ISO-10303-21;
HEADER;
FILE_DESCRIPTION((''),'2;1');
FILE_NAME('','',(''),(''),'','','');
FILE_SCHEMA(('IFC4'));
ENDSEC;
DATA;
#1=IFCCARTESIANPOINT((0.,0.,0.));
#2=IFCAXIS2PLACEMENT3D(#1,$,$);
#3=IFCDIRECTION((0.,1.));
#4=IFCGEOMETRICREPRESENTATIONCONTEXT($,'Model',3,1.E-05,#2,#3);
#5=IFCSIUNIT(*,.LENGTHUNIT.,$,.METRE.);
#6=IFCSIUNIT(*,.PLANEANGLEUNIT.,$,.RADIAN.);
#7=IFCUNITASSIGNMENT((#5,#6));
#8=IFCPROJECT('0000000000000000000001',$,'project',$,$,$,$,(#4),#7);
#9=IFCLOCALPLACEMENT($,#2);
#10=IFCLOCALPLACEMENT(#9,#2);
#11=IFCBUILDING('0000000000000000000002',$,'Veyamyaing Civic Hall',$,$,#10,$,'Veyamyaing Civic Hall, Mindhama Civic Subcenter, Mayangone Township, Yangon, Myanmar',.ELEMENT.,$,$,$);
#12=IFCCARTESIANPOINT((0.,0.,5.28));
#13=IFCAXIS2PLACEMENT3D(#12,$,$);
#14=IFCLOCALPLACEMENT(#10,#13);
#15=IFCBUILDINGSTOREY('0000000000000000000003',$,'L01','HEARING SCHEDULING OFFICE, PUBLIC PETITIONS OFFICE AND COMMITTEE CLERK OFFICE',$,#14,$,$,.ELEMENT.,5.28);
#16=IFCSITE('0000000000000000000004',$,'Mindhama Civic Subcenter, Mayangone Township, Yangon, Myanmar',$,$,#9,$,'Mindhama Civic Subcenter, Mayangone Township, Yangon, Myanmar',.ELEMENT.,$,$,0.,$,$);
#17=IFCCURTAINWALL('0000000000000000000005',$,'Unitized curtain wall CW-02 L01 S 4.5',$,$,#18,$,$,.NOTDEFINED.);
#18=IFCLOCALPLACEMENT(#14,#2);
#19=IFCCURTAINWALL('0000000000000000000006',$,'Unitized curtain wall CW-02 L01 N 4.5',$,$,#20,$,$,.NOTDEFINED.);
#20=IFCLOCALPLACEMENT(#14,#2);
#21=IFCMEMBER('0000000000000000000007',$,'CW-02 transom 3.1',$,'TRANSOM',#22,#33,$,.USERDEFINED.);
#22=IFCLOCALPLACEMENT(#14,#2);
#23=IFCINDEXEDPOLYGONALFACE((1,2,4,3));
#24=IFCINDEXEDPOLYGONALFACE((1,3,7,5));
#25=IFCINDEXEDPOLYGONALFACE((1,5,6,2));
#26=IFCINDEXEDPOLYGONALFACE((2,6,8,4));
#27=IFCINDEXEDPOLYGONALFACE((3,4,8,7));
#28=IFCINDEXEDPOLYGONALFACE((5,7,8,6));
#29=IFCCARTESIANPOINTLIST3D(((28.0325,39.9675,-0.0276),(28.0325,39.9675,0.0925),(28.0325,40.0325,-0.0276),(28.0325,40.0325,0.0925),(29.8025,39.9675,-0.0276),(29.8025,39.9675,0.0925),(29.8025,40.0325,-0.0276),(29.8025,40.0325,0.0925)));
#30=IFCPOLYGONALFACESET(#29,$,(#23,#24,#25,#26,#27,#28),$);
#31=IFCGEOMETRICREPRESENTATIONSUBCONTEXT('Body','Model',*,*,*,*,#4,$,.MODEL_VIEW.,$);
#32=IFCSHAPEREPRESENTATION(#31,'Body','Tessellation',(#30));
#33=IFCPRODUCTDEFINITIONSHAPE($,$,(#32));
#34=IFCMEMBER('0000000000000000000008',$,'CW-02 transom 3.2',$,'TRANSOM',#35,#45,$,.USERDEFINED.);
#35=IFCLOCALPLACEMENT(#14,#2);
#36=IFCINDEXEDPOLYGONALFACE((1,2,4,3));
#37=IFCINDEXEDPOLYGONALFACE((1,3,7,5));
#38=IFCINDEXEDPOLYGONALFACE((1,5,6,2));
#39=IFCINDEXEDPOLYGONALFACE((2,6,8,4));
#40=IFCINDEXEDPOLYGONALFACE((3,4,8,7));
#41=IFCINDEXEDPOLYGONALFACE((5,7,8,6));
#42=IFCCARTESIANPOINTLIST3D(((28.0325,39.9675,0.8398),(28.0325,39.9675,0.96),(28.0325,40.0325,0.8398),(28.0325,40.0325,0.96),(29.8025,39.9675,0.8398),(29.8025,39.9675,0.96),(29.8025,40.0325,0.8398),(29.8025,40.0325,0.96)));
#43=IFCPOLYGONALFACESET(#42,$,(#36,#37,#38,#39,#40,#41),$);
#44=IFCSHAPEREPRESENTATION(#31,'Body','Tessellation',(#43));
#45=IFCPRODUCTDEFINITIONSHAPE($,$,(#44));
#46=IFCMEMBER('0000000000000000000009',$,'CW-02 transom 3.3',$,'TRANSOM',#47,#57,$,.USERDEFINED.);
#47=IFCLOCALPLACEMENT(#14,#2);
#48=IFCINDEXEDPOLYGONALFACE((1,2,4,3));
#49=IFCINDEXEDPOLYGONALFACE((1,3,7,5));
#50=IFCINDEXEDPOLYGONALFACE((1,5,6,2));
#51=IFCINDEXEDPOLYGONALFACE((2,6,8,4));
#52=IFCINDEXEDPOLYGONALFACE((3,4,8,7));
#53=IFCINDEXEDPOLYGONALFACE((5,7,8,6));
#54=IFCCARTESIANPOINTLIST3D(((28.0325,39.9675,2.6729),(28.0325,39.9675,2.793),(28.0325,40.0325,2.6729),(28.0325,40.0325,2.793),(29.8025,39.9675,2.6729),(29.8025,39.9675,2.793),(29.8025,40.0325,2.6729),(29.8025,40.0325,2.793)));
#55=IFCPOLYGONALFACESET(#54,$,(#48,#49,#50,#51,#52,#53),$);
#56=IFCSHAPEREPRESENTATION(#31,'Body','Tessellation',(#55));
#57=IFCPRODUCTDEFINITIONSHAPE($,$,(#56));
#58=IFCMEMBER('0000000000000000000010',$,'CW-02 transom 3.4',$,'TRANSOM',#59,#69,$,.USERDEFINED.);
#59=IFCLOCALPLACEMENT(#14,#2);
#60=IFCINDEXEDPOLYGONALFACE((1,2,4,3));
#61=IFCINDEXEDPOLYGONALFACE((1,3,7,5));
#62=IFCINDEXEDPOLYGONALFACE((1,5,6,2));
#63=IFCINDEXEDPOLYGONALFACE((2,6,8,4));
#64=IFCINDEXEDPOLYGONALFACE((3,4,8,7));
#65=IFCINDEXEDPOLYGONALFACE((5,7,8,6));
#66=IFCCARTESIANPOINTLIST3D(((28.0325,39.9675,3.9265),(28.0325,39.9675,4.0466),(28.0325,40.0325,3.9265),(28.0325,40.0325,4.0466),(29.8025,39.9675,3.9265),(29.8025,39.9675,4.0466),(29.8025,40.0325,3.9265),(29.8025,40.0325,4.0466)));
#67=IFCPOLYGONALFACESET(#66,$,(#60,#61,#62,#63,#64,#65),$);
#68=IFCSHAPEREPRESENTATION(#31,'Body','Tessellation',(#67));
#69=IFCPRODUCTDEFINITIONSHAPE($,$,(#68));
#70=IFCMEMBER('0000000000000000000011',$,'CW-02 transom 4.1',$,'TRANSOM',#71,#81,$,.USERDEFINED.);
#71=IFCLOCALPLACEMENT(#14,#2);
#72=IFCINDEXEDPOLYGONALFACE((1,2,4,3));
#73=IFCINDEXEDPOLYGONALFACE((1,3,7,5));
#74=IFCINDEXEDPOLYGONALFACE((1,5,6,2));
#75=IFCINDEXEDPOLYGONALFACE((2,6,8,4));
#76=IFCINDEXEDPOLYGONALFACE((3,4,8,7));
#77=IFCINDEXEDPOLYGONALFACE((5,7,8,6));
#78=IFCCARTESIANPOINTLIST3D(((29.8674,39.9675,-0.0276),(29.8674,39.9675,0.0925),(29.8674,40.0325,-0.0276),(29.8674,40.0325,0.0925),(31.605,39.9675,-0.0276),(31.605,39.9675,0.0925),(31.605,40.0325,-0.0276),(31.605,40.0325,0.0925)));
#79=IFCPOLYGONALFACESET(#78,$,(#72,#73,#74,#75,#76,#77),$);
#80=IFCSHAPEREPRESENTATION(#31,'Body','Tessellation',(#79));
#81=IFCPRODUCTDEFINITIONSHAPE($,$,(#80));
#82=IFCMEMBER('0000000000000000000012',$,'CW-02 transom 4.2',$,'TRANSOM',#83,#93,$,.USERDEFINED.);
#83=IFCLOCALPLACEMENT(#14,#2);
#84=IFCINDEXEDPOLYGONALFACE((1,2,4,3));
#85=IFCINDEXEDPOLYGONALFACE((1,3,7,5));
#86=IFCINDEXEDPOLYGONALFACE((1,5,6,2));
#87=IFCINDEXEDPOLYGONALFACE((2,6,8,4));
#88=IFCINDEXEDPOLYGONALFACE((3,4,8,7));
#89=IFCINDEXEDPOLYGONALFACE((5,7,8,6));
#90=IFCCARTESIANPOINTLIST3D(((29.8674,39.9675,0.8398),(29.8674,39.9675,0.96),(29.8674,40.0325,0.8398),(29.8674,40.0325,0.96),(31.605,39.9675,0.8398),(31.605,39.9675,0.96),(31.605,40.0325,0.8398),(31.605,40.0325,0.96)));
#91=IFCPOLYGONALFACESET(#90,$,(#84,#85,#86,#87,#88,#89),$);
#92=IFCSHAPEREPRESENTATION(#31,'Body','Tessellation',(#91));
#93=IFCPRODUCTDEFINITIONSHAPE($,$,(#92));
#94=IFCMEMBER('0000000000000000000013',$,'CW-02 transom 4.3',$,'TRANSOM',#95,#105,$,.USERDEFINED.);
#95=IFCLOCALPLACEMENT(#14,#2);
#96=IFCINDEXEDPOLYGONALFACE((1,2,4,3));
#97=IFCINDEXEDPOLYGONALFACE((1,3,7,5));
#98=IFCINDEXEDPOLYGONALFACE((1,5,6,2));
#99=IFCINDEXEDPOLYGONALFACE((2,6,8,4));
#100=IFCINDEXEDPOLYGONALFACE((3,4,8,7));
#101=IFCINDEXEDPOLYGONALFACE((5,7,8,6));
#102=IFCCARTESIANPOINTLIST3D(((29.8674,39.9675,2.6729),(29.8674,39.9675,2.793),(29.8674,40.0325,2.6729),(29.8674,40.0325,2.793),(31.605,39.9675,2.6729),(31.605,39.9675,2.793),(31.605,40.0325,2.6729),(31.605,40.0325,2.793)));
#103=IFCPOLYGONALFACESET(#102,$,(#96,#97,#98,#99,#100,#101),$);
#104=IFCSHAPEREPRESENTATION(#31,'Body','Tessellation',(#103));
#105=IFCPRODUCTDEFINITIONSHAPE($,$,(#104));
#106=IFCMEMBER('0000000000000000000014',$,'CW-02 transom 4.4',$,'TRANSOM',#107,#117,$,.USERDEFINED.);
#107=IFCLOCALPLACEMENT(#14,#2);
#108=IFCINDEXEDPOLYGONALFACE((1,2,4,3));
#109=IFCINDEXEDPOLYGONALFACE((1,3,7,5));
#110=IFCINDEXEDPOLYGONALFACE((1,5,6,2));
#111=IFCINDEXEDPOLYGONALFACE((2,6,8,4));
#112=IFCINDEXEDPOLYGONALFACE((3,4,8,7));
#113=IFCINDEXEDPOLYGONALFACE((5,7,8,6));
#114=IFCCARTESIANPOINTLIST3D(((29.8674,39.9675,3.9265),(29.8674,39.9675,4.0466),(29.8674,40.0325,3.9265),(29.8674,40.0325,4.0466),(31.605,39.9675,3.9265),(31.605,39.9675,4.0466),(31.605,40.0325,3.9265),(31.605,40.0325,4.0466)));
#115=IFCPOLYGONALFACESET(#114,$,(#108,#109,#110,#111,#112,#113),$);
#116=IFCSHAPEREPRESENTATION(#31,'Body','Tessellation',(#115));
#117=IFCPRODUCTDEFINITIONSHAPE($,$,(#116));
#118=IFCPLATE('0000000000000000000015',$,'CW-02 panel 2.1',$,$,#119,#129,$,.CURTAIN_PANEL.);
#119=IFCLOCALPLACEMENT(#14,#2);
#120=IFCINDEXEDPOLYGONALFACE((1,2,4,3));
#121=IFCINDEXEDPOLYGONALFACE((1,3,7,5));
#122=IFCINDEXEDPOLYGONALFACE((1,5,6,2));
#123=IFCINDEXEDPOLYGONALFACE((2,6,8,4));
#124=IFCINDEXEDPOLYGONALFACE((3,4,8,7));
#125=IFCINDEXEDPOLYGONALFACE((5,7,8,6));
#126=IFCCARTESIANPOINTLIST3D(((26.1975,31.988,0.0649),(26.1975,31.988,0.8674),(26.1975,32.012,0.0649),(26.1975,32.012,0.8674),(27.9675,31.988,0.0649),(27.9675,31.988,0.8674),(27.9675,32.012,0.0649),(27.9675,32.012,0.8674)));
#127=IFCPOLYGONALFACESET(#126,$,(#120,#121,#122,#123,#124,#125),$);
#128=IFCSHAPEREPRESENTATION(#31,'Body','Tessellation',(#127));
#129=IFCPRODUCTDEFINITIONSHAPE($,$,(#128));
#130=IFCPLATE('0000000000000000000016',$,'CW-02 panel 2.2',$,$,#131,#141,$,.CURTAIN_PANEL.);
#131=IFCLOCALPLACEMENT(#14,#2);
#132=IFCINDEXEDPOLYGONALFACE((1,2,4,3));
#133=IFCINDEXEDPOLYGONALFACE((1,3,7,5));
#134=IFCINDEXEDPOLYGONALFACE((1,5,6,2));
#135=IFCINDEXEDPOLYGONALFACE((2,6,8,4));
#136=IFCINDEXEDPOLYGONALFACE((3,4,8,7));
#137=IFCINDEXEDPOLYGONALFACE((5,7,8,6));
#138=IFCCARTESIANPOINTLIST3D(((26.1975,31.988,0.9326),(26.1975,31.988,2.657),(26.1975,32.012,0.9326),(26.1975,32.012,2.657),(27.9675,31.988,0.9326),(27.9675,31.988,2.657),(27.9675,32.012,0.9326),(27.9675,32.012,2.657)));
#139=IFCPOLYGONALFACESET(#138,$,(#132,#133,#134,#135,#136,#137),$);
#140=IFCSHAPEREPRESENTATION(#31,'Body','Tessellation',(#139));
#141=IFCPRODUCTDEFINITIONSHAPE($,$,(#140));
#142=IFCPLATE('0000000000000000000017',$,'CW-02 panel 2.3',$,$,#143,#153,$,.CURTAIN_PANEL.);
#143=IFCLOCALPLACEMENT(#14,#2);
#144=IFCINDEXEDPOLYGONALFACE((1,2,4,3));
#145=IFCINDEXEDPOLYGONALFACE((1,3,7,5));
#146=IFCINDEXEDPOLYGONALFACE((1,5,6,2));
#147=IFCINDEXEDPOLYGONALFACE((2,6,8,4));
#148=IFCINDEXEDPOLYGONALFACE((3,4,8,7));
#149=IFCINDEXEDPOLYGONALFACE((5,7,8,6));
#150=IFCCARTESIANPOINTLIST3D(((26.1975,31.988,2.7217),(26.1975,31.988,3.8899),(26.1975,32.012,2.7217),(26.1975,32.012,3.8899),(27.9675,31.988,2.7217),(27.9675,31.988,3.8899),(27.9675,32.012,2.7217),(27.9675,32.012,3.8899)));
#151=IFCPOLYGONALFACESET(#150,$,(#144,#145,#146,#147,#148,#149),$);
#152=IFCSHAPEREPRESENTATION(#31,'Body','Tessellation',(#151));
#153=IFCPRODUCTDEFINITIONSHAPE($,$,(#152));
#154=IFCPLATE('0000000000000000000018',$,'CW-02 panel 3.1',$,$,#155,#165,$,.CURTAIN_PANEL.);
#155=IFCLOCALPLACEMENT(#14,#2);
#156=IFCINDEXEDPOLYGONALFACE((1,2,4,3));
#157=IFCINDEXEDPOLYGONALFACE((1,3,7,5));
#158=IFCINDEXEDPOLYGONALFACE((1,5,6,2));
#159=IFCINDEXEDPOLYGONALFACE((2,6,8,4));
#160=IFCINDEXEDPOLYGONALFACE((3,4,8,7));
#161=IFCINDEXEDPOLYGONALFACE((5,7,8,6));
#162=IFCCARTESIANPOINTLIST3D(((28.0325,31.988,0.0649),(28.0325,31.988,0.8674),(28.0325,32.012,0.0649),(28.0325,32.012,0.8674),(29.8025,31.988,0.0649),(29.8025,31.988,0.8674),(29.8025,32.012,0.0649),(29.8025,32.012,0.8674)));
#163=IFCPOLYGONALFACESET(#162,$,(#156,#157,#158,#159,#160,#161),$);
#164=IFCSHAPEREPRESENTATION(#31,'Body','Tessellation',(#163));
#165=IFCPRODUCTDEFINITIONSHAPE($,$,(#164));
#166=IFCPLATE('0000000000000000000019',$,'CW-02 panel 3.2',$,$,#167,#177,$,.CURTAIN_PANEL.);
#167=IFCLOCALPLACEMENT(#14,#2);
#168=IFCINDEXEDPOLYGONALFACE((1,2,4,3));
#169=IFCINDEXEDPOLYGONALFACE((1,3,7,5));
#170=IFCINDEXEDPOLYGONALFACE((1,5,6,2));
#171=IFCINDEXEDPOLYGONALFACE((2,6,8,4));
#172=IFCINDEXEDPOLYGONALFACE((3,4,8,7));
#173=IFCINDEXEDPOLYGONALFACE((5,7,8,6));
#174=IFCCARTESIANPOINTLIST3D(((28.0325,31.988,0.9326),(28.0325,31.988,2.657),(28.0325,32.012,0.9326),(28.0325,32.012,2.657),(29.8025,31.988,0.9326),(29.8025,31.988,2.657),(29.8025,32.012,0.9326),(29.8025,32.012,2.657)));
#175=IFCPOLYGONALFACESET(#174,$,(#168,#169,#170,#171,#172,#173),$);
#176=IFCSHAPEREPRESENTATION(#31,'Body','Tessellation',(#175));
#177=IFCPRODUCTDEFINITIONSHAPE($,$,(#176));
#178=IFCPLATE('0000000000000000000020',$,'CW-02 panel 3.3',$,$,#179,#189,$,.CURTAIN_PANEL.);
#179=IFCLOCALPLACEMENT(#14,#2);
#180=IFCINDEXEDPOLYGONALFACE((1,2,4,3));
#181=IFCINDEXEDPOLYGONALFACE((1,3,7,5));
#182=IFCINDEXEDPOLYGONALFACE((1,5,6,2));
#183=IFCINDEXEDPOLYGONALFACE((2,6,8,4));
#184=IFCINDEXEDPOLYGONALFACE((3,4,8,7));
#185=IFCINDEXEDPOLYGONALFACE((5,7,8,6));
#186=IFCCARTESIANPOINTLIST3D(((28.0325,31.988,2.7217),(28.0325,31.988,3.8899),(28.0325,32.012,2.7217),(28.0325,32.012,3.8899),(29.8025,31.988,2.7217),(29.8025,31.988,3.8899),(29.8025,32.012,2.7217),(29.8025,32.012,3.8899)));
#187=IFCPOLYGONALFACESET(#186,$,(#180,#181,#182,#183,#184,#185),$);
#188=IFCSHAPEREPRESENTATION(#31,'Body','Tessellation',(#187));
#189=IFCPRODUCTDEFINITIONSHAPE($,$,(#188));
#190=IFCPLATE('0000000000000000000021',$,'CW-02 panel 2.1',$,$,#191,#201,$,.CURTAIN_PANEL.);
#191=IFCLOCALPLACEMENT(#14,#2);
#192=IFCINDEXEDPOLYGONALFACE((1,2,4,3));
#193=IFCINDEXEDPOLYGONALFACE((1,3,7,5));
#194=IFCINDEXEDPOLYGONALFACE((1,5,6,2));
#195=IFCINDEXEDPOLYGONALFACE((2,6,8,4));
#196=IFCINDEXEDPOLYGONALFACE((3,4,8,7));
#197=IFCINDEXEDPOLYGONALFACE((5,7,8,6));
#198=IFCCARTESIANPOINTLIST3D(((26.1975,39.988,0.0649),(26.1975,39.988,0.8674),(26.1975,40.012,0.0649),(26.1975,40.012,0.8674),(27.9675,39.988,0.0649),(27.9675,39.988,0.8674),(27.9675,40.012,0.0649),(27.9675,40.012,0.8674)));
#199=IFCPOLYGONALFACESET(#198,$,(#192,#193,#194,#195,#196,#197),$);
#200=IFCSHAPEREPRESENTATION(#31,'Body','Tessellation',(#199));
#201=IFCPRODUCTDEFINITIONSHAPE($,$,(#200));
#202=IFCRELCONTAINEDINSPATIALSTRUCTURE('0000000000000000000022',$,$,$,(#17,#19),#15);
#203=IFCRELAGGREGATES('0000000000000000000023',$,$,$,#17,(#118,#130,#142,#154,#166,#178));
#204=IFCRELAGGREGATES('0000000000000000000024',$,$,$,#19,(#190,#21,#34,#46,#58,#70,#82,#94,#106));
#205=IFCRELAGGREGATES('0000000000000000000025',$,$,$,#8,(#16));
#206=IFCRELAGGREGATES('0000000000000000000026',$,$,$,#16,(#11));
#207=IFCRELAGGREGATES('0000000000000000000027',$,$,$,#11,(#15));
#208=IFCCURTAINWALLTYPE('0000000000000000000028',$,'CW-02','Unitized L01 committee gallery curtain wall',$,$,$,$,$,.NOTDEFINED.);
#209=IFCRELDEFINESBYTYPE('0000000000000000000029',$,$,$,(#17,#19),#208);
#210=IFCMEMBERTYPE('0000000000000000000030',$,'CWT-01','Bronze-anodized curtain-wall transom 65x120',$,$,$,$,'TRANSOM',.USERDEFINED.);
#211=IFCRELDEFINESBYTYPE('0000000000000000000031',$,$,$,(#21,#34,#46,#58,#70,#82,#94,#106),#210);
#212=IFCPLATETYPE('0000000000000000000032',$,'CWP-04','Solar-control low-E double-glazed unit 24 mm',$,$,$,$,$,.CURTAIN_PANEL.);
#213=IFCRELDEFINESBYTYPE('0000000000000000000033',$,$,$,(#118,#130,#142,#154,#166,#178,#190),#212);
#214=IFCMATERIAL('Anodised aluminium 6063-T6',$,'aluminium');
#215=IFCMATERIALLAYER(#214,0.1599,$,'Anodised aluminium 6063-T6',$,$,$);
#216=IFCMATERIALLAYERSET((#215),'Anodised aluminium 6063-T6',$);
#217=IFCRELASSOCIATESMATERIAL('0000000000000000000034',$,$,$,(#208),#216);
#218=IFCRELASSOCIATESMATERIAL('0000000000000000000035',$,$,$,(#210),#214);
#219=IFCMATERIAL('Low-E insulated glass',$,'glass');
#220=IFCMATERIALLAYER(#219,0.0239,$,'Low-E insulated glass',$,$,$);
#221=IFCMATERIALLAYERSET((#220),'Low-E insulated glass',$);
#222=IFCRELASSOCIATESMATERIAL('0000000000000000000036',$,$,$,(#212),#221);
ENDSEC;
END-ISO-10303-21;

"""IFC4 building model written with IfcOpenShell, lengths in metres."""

from ifc_helpers import new_model, si_unit, direction, frame, origin, origin_2d, place, context, subcontext, project, spatial, rectangle, extrude, material, layer, layer_set, material_profile, profile_set, type_object, element, aggregate, save


model = new_model("IFC4")

# Units and contexts
model_context = context("Model", 3, precision=1e-05, world=origin(), true_north=direction((0.0, 1.0)))
body_context = subcontext(model_context, "Body", "Model", "MODEL_VIEW")
ifc_project = project(units=[si_unit("LENGTHUNIT", "METRE"), si_unit("PLANEANGLEUNIT", "RADIAN")], contexts=[model_context])

# Site, building, storey
site_placement = place(None, origin())
site = spatial("IfcSite", under=ifc_project, at=site_placement, Name="Mindhama Civic Subcenter, Mayangone Township, Yangon, Myanmar", LongName="Mindhama Civic Subcenter, Mayangone Township, Yangon, Myanmar", CompositionType="ELEMENT", RefElevation=0.0)
building_placement = place(site_placement, origin())
building = spatial("IfcBuilding", under=site, at=building_placement, Name="Veyamyaing Civic Hall", LongName="Veyamyaing Civic Hall, Mindhama Civic Subcenter, Mayangone Township, Yangon, Myanmar", CompositionType="ELEMENT")
storey_placement = place(building_placement, frame((0.0, 0.0, 5.28)))
storey = spatial("IfcBuildingStorey", under=building, at=storey_placement, Name="L01", Description="HEARING SCHEDULING OFFICE, PUBLIC PETITIONS OFFICE AND COMMITTEE CLERK OFFICE", CompositionType="ELEMENT", Elevation=5.28)

# Curtain walls
ifc_material_1 = material(Name="Anodised aluminium 6063-T6", Category="aluminium")
ifc_layer_1 = layer(ifc_material_1, 0.1599, Name="Anodised aluminium 6063-T6")
ifc_layer_set_1 = layer_set([ifc_layer_1], Name="Anodised aluminium 6063-T6")
curtain_wall_type = type_object("IfcCurtainWallType", Name="CW-02", Description="Unitized L01 committee gallery curtain wall", PredefinedType="NOTDEFINED", material=ifc_layer_set_1)
curtain_wall_1_placement = place(storey_placement, origin())
curtain_wall_1 = element("IfcCurtainWall", 1, at=curtain_wall_1_placement, inside=storey, type_object=curtain_wall_type, Name="Unitized curtain wall CW-02 L01 S 4.5", PredefinedType="NOTDEFINED")
curtain_wall_2_placement = place(storey_placement, origin())
curtain_wall_2 = element("IfcCurtainWall", 2, at=curtain_wall_2_placement, inside=storey, type_object=curtain_wall_type, Name="Unitized curtain wall CW-02 L01 N 4.5", PredefinedType="NOTDEFINED")

# Members
ifc_material_profile_1 = material_profile(ifc_material_1, rectangle(XDim=0.0649, YDim=0.1201, at=origin_2d()), Name="ALU-TRN-65X120")
ifc_profile_set_1 = profile_set([ifc_material_profile_1], Name="Anodised aluminium 6063-T6")
member_type_1 = type_object("IfcMemberType", Name="CWT-01", Description="Bronze-anodized curtain-wall transom 65x120", ElementType="TRANSOM", PredefinedType="USERDEFINED", material=ifc_profile_set_1)
member_1_placement = place(storey_placement, frame((28.0325, 40.0, 0.0325), z_axis=(1.0, 0.0, 0.0), x_axis=(0.0, 1.0, 0.0)))
member_1 = element("IfcMember", 3, at=member_1_placement, type_object=member_type_1, Name="CW-02 transom 3.1", ObjectType="TRANSOM", PredefinedType="USERDEFINED", context=body_context, shape_type="SweptSolid", body=[
    extrude(rectangle(XDim=0.0649, YDim=0.1201, at=origin_2d()), origin(), (0.0, 0.0, 1.0), 1.77),
])
member_2_placement = place(storey_placement, frame((28.0325, 40.0, 0.8999), z_axis=(1.0, 0.0, 0.0), x_axis=(0.0, 1.0, 0.0)))
member_2 = element("IfcMember", 4, at=member_2_placement, type_object=member_type_1, Name="CW-02 transom 3.2", ObjectType="TRANSOM", PredefinedType="USERDEFINED", context=body_context, shape_type="SweptSolid", body=[
    extrude(rectangle(XDim=0.0649, YDim=0.1201, at=origin_2d()), origin(), (0.0, 0.0, 1.0), 1.77),
])
member_3_placement = place(storey_placement, frame((28.0325, 40.0, 2.7329), z_axis=(1.0, 0.0, 0.0), x_axis=(0.0, 1.0, 0.0)))
member_3 = element("IfcMember", 5, at=member_3_placement, type_object=member_type_1, Name="CW-02 transom 3.3", ObjectType="TRANSOM", PredefinedType="USERDEFINED", context=body_context, shape_type="SweptSolid", body=[
    extrude(rectangle(XDim=0.0649, YDim=0.1201, at=origin_2d()), origin(), (0.0, 0.0, 1.0), 1.77),
])
member_4_placement = place(storey_placement, frame((28.0325, 40.0, 3.9866), z_axis=(1.0, 0.0, 0.0), x_axis=(0.0, 1.0, 0.0)))
member_4 = element("IfcMember", 6, at=member_4_placement, type_object=member_type_1, Name="CW-02 transom 3.4", ObjectType="TRANSOM", PredefinedType="USERDEFINED", context=body_context, shape_type="SweptSolid", body=[
    extrude(rectangle(XDim=0.0649, YDim=0.1201, at=origin_2d()), origin(), (0.0, 0.0, 1.0), 1.77),
])
member_5_placement = place(storey_placement, frame((29.8674, 40.0, 0.0325), z_axis=(1.0, 0.0, 0.0), x_axis=(0.0, 1.0, 0.0)))
member_5 = element("IfcMember", 7, at=member_5_placement, type_object=member_type_1, Name="CW-02 transom 4.1", ObjectType="TRANSOM", PredefinedType="USERDEFINED", context=body_context, shape_type="SweptSolid", body=[
    extrude(rectangle(XDim=0.0649, YDim=0.1201, at=origin_2d()), origin(), (0.0, 0.0, 1.0), 1.7375),
])
member_6_placement = place(storey_placement, frame((29.8674, 40.0, 0.8999), z_axis=(1.0, 0.0, 0.0), x_axis=(0.0, 1.0, 0.0)))
member_6 = element("IfcMember", 8, at=member_6_placement, type_object=member_type_1, Name="CW-02 transom 4.2", ObjectType="TRANSOM", PredefinedType="USERDEFINED", context=body_context, shape_type="SweptSolid", body=[
    extrude(rectangle(XDim=0.0649, YDim=0.1201, at=origin_2d()), origin(), (0.0, 0.0, 1.0), 1.7375),
])
member_7_placement = place(storey_placement, frame((29.8674, 40.0, 2.7329), z_axis=(1.0, 0.0, 0.0), x_axis=(0.0, 1.0, 0.0)))
member_7 = element("IfcMember", 9, at=member_7_placement, type_object=member_type_1, Name="CW-02 transom 4.3", ObjectType="TRANSOM", PredefinedType="USERDEFINED", context=body_context, shape_type="SweptSolid", body=[
    extrude(rectangle(XDim=0.0649, YDim=0.1201, at=origin_2d()), origin(), (0.0, 0.0, 1.0), 1.7375),
])
member_8_placement = place(storey_placement, frame((29.8674, 40.0, 3.9866), z_axis=(1.0, 0.0, 0.0), x_axis=(0.0, 1.0, 0.0)))
member_8 = element("IfcMember", 10, at=member_8_placement, type_object=member_type_1, Name="CW-02 transom 4.4", ObjectType="TRANSOM", PredefinedType="USERDEFINED", context=body_context, shape_type="SweptSolid", body=[
    extrude(rectangle(XDim=0.0649, YDim=0.1201, at=origin_2d()), origin(), (0.0, 0.0, 1.0), 1.7375),
])

# Plates
ifc_material_2 = material(Name="Low-E insulated glass", Category="glass")
ifc_layer_2 = layer(ifc_material_2, 0.0239, Name="Low-E insulated glass")
ifc_layer_set_2 = layer_set([ifc_layer_2], Name="Low-E insulated glass")
plate_type = type_object("IfcPlateType", Name="CWP-04", Description="Solar-control low-E double-glazed unit 24 mm", PredefinedType="CURTAIN_PANEL", material=ifc_layer_set_2)
plate_1_placement = place(storey_placement, frame((27.0825, 32.0, 0.0649), z_axis=(0.0, 0.0, 1.0), x_axis=(1.0, 0.0, 0.0)))
plate_1 = element("IfcPlate", 11, at=plate_1_placement, type_object=plate_type, Name="CW-02 panel 2.1", PredefinedType="CURTAIN_PANEL", context=body_context, shape_type="SweptSolid", body=[
    extrude(rectangle(XDim=1.77, YDim=0.0239, at=origin_2d()), origin(), (0.0, 0.0, 1.0), 0.8025),
])
plate_2_placement = place(storey_placement, frame((27.0825, 32.0, 0.9326), z_axis=(0.0, 0.0, 1.0), x_axis=(1.0, 0.0, 0.0)))
plate_2 = element("IfcPlate", 12, at=plate_2_placement, type_object=plate_type, Name="CW-02 panel 2.2", PredefinedType="CURTAIN_PANEL", context=body_context, shape_type="SweptSolid", body=[
    extrude(rectangle(XDim=1.77, YDim=0.0239, at=origin_2d()), origin(), (0.0, 0.0, 1.0), 1.7244),
])
plate_3_placement = place(storey_placement, frame((27.0825, 32.0, 2.7217), z_axis=(0.0, 0.0, 1.0), x_axis=(1.0, 0.0, 0.0)))
plate_3 = element("IfcPlate", 13, at=plate_3_placement, type_object=plate_type, Name="CW-02 panel 2.3", PredefinedType="CURTAIN_PANEL", context=body_context, shape_type="SweptSolid", body=[
    extrude(rectangle(XDim=1.77, YDim=0.0239, at=origin_2d()), origin(), (0.0, 0.0, 1.0), 1.1682),
])
plate_4_placement = place(storey_placement, frame((28.9175, 32.0, 0.0649), z_axis=(0.0, 0.0, 1.0), x_axis=(1.0, 0.0, 0.0)))
plate_4 = element("IfcPlate", 14, at=plate_4_placement, type_object=plate_type, Name="CW-02 panel 3.1", PredefinedType="CURTAIN_PANEL", context=body_context, shape_type="SweptSolid", body=[
    extrude(rectangle(XDim=1.77, YDim=0.0239, at=origin_2d()), origin(), (0.0, 0.0, 1.0), 0.8025),
])
plate_5_placement = place(storey_placement, frame((28.9175, 32.0, 0.9326), z_axis=(0.0, 0.0, 1.0), x_axis=(1.0, 0.0, 0.0)))
plate_5 = element("IfcPlate", 15, at=plate_5_placement, type_object=plate_type, Name="CW-02 panel 3.2", PredefinedType="CURTAIN_PANEL", context=body_context, shape_type="SweptSolid", body=[
    extrude(rectangle(XDim=1.77, YDim=0.0239, at=origin_2d()), origin(), (0.0, 0.0, 1.0), 1.7244),
])
plate_6_placement = place(storey_placement, frame((28.9175, 32.0, 2.7217), z_axis=(0.0, 0.0, 1.0), x_axis=(1.0, 0.0, 0.0)))
plate_6 = element("IfcPlate", 16, at=plate_6_placement, type_object=plate_type, Name="CW-02 panel 3.3", PredefinedType="CURTAIN_PANEL", context=body_context, shape_type="SweptSolid", body=[
    extrude(rectangle(XDim=1.77, YDim=0.0239, at=origin_2d()), origin(), (0.0, 0.0, 1.0), 1.1682),
])
aggregate(curtain_wall_1, [plate_1, plate_2, plate_3, plate_4, plate_5, plate_6])
plate_7_placement = place(storey_placement, frame((27.0825, 40.0, 0.0649), z_axis=(0.0, 0.0, 1.0), x_axis=(1.0, 0.0, 0.0)))
plate_7 = element("IfcPlate", 17, at=plate_7_placement, type_object=plate_type, Name="CW-02 panel 2.1", PredefinedType="CURTAIN_PANEL", context=body_context, shape_type="SweptSolid", body=[
    extrude(rectangle(XDim=1.77, YDim=0.0239, at=origin_2d()), origin(), (0.0, 0.0, 1.0), 0.8025),
])
aggregate(curtain_wall_2, [plate_7, member_1, member_2, member_3, member_4, member_5, member_6, member_7, member_8])

save(model, "model.ifc")
